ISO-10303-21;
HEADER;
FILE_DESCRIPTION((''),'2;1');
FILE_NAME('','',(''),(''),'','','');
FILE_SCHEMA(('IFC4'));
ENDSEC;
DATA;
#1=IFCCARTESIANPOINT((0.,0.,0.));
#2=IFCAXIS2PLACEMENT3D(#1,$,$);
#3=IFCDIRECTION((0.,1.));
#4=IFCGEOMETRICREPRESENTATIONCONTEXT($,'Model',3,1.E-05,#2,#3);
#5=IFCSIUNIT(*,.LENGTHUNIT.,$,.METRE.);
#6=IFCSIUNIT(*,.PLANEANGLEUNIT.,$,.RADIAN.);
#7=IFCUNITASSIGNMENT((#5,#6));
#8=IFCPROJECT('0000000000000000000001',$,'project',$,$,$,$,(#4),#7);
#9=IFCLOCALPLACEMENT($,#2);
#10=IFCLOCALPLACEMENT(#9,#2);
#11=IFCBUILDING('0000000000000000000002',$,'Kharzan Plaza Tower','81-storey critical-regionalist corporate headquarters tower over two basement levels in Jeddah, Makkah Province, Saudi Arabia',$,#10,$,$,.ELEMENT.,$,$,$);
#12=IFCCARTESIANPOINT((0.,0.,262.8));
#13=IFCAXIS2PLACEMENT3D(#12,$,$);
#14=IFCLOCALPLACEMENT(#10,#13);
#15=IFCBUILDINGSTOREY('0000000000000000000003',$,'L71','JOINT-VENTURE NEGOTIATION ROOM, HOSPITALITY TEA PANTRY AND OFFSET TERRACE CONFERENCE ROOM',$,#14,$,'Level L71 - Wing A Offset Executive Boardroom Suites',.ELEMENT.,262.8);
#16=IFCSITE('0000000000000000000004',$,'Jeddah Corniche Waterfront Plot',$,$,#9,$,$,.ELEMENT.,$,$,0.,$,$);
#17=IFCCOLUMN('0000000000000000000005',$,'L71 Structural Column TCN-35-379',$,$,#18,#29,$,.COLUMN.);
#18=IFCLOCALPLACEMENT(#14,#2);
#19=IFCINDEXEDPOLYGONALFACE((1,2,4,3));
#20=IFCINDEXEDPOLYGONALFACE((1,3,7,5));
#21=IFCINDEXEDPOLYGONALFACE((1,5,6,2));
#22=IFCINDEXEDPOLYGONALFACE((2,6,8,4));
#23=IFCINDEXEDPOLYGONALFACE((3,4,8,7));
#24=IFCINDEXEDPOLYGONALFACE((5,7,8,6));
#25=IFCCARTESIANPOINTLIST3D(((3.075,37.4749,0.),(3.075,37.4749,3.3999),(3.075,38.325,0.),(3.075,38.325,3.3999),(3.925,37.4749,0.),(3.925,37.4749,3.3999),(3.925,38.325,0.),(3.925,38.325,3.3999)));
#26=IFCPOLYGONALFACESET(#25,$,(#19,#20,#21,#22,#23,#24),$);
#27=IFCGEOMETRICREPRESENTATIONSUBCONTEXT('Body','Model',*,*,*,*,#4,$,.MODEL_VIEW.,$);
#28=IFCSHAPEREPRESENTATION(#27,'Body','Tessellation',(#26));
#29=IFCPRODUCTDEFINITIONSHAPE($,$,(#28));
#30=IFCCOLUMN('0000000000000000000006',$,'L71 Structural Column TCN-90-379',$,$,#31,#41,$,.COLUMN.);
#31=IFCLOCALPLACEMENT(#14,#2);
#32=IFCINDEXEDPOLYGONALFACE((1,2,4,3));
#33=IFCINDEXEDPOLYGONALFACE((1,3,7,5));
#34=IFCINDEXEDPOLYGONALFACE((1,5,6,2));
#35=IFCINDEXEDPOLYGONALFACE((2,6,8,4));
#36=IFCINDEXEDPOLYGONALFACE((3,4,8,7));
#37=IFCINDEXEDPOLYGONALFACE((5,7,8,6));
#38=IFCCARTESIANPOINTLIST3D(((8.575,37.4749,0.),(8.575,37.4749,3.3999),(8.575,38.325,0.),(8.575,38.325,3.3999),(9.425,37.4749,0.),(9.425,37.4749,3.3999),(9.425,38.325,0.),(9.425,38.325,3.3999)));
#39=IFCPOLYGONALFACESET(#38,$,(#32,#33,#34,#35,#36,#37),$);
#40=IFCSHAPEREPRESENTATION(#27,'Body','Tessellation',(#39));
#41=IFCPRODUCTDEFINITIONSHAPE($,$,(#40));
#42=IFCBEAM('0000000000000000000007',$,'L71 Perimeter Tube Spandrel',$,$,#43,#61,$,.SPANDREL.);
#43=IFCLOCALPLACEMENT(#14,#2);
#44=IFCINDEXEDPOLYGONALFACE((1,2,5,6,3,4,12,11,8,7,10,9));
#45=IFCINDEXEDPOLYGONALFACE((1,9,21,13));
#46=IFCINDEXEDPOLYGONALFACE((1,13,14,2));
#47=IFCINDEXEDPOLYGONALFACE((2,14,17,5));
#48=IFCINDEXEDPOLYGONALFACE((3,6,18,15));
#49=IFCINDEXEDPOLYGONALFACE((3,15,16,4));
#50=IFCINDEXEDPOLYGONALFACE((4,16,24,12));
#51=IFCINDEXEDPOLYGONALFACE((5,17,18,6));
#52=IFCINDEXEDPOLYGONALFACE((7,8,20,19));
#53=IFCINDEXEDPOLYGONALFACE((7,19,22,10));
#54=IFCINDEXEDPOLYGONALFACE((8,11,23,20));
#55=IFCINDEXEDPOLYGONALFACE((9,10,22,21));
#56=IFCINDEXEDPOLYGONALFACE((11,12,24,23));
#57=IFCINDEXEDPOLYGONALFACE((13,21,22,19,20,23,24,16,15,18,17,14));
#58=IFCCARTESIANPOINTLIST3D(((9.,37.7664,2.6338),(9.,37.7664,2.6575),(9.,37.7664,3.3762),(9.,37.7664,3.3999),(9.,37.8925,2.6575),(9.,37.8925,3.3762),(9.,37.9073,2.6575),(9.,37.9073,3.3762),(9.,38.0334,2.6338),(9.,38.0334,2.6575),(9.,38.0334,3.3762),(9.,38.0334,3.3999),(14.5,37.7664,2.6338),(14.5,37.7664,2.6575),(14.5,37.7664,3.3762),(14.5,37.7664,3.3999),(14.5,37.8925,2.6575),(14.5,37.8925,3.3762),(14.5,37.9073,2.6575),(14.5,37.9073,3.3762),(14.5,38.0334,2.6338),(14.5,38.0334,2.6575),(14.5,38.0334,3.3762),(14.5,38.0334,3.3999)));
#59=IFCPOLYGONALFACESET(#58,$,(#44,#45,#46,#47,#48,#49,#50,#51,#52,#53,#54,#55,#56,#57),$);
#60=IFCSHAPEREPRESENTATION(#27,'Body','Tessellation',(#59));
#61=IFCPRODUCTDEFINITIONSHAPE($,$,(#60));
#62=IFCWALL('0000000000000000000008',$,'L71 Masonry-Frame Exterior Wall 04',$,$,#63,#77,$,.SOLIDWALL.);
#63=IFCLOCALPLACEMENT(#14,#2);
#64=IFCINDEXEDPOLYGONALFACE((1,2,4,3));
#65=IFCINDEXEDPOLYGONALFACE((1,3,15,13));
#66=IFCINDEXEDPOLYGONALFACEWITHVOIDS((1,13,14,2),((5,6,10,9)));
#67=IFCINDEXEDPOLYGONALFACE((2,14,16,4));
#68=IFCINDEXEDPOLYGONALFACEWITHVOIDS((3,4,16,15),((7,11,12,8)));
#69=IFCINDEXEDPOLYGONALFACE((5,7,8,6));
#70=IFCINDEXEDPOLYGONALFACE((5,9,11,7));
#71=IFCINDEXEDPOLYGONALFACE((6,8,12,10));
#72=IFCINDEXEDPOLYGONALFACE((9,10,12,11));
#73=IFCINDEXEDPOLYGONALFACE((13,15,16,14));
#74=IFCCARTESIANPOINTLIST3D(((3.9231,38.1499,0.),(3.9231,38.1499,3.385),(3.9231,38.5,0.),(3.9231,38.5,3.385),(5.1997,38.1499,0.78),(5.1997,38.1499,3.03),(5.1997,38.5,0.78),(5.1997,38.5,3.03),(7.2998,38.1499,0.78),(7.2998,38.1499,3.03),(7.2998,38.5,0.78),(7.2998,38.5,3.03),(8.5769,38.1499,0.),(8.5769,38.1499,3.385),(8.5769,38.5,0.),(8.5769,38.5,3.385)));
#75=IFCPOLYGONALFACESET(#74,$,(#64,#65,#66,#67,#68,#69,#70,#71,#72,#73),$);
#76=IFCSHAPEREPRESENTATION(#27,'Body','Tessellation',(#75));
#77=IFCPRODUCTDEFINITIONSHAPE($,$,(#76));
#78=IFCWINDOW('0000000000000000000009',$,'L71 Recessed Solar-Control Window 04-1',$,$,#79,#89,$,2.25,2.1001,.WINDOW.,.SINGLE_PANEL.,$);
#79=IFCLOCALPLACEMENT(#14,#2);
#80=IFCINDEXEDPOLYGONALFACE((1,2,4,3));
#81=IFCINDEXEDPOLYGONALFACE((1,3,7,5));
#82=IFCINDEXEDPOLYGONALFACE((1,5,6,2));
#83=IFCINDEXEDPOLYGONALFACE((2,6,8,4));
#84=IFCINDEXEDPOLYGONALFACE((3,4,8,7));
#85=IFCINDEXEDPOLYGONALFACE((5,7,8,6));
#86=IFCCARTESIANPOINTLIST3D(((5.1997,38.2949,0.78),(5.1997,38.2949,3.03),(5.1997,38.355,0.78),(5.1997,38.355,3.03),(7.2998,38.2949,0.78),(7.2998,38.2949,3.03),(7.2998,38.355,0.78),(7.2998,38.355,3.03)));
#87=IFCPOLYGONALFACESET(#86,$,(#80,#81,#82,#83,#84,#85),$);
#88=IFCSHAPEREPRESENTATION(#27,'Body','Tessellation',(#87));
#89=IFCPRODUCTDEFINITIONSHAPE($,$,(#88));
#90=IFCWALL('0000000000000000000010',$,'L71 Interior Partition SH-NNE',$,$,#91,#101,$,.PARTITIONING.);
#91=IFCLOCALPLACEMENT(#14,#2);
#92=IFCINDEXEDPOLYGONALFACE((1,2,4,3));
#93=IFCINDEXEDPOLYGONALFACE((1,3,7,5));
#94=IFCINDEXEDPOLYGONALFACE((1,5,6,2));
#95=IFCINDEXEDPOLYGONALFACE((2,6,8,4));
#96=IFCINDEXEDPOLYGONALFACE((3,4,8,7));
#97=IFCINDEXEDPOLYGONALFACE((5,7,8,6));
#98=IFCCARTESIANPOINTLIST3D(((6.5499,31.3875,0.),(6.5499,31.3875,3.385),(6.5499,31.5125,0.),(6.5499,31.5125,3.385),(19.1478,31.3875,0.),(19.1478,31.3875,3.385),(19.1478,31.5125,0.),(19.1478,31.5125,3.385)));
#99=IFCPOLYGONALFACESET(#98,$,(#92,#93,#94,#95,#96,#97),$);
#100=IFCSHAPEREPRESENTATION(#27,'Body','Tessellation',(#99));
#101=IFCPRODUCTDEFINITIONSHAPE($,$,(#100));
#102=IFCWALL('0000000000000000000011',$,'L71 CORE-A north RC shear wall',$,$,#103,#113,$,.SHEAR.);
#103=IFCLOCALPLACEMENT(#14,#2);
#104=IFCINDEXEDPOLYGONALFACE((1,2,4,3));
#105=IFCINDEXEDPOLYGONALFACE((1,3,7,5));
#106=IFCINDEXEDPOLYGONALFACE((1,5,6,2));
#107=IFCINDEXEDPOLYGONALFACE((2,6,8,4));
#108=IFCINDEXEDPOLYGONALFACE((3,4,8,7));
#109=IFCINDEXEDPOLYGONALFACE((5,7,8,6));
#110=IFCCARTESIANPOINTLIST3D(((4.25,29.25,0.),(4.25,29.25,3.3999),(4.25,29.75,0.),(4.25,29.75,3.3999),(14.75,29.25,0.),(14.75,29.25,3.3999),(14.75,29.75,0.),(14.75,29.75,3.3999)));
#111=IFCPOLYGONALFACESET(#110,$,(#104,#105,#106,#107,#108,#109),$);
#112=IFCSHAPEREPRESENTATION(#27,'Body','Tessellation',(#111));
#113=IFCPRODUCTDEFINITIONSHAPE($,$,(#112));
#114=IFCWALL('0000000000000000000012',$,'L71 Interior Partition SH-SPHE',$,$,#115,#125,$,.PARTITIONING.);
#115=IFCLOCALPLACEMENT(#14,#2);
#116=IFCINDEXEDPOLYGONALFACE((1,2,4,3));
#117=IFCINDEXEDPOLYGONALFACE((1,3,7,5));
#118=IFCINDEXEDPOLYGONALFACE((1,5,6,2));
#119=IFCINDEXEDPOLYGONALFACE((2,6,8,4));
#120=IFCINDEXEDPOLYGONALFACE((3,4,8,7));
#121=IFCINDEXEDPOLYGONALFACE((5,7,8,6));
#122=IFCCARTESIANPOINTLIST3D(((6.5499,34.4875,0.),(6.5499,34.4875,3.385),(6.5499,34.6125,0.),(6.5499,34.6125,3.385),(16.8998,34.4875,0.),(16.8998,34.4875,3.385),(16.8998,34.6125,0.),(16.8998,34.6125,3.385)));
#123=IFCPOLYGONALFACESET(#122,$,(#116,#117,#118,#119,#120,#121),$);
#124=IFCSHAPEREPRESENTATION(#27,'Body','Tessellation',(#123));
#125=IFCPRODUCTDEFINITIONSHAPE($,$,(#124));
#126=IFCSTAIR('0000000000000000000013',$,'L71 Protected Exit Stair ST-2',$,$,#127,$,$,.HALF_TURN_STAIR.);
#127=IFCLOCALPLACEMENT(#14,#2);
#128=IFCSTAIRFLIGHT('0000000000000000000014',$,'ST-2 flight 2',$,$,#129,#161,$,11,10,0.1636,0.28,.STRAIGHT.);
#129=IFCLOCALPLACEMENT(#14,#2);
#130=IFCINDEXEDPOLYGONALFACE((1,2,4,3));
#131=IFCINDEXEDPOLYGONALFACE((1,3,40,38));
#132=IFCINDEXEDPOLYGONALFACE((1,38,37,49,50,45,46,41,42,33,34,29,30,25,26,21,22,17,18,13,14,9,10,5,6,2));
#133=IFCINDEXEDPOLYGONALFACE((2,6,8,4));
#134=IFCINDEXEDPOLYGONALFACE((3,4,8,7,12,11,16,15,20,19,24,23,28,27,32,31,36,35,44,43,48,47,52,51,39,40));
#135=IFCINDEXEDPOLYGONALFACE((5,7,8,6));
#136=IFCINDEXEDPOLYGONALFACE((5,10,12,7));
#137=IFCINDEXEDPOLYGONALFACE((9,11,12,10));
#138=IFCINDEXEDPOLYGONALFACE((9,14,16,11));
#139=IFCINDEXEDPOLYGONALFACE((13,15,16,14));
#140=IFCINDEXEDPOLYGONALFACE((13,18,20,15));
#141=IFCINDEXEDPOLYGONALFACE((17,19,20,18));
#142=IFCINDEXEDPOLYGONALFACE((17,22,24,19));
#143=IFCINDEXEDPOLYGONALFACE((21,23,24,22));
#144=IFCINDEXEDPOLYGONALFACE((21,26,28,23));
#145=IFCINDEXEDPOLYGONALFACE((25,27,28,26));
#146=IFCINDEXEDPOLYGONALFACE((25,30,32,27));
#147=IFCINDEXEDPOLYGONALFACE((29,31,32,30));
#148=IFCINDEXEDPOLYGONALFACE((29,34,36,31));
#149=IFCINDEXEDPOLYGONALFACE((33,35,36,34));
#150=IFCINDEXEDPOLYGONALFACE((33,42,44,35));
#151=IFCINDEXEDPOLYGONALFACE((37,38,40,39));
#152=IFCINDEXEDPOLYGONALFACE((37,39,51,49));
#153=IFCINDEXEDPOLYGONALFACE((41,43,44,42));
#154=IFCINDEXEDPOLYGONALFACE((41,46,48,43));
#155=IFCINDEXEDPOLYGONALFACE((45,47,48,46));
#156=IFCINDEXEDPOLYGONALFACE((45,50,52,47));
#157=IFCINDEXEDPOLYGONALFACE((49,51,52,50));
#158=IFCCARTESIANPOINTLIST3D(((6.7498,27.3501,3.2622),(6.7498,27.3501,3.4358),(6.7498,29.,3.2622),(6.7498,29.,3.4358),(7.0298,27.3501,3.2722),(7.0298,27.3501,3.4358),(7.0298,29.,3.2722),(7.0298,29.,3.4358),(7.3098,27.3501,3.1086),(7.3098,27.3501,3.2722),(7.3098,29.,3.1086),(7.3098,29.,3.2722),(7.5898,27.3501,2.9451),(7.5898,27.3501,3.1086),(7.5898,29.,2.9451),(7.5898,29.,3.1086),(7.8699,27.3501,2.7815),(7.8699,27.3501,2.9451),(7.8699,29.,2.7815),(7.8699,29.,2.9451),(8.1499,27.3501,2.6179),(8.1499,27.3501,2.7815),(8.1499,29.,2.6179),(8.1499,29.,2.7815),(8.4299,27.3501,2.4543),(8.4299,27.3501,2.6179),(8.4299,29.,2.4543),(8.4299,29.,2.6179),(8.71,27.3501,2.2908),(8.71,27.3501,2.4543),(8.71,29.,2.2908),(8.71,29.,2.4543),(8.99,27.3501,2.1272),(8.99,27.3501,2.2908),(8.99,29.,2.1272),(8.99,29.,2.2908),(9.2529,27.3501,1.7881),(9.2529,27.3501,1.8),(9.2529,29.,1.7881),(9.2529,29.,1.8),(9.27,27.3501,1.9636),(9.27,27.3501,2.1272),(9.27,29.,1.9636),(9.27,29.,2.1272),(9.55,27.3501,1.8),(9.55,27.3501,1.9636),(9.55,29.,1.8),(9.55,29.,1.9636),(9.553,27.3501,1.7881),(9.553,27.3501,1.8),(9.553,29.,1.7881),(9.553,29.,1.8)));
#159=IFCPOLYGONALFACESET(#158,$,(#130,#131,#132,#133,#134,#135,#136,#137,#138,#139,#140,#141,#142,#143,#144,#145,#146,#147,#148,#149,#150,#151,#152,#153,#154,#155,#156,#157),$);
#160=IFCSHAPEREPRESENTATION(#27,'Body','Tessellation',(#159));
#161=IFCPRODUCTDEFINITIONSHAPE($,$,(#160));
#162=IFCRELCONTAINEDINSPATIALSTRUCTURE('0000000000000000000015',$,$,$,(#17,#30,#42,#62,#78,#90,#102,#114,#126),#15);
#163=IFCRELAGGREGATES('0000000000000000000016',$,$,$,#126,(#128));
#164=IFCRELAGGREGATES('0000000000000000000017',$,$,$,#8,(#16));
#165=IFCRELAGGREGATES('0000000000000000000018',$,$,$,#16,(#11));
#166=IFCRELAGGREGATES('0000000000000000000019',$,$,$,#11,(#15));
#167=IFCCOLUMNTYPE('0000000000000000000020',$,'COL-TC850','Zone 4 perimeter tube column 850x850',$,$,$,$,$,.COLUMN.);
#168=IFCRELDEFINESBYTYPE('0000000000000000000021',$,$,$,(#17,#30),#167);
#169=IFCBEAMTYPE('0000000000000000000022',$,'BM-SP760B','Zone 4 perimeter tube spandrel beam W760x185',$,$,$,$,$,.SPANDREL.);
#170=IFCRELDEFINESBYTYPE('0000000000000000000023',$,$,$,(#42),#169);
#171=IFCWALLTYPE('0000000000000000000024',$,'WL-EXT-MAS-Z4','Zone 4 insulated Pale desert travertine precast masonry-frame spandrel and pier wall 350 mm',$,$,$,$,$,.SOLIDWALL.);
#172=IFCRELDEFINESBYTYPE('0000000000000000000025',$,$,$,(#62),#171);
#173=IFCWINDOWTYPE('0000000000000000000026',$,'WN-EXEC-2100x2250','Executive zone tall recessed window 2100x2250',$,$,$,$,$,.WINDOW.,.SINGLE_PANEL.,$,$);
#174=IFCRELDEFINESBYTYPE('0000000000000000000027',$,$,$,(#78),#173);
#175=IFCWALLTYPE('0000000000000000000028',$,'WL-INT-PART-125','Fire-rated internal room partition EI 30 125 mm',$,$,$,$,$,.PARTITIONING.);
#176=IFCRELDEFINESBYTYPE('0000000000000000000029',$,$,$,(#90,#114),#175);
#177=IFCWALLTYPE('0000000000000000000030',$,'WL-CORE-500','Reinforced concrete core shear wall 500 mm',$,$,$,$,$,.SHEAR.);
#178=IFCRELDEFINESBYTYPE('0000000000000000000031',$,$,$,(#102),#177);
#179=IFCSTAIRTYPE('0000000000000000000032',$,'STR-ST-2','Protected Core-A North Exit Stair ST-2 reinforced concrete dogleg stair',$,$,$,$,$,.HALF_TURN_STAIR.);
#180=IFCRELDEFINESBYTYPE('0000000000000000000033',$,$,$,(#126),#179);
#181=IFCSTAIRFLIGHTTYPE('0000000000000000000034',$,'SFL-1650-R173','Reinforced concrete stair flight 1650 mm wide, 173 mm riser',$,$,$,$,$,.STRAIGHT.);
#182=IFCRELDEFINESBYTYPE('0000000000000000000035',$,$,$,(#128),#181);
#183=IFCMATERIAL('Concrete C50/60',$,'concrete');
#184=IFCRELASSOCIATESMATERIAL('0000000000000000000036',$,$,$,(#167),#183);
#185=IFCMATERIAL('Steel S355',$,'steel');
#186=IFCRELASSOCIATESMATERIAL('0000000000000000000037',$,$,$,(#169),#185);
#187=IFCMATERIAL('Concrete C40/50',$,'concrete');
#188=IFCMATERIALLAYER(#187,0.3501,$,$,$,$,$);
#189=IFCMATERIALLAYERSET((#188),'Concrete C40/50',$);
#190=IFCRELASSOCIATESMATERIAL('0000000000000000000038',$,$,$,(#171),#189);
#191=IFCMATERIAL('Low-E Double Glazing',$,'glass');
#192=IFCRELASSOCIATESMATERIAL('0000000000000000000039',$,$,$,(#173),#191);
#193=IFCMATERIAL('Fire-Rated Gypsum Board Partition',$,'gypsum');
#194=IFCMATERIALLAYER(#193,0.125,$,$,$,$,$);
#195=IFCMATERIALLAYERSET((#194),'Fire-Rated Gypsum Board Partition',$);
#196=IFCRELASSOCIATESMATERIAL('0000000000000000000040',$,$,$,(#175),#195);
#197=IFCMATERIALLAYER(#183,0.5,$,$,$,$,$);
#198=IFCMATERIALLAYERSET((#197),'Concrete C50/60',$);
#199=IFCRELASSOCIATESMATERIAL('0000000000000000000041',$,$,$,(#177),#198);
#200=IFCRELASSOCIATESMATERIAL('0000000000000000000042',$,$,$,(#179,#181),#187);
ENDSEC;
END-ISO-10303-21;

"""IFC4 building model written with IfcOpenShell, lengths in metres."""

from ifc_helpers import new_model, si_unit, direction, frame, frame_2d, origin, origin_2d, place, context, subcontext, project, spatial, polyline, rectangle, i_section, outline, extrude, source, transform, mapped, material, layer, layer_set, material_profile, profile_set, type_object, element, fill, aggregate, save


model = new_model("IFC4")

# Units and contexts
model_context = context("Model", 3, precision=1e-05, world=origin(), true_north=direction((0.0, 1.0)))
body_context = subcontext(model_context, "Body", "Model", "MODEL_VIEW")
ifc_project = project(units=[si_unit("LENGTHUNIT", "METRE"), si_unit("PLANEANGLEUNIT", "RADIAN")], contexts=[model_context])

# Site, building, storey
site_placement = place(None, origin())
site = spatial("IfcSite", under=ifc_project, at=site_placement, Name="Jeddah Corniche Waterfront Plot", CompositionType="ELEMENT", RefElevation=0.0)
building_placement = place(site_placement, origin())
building = spatial("IfcBuilding", under=site, at=building_placement, Name="Kharzan Plaza Tower", Description="81-storey critical-regionalist corporate headquarters tower over two basement levels in Jeddah, Makkah Province, Saudi Arabia", CompositionType="ELEMENT")
storey_placement = place(building_placement, frame((0.0, 0.0, 262.8)))
storey = spatial("IfcBuildingStorey", under=building, at=storey_placement, Name="L71", Description="JOINT-VENTURE NEGOTIATION ROOM, HOSPITALITY TEA PANTRY AND OFFSET TERRACE CONFERENCE ROOM", LongName="Level L71 - Wing A Offset Executive Boardroom Suites", CompositionType="ELEMENT", Elevation=262.8)

# Columns
ifc_material_1 = material(Name="Concrete C50/60", Category="concrete")
ifc_material_profile_1 = material_profile(ifc_material_1, rectangle(XDim=0.8501, YDim=0.8501, at=origin_2d()), Name="RC-TC850x850")
ifc_profile_set_1 = profile_set([ifc_material_profile_1], Name="Concrete C50/60")
column_type = type_object("IfcColumnType", Name="COL-TC850", Description="Zone 4 perimeter tube column 850x850", PredefinedType="COLUMN", material=ifc_profile_set_1)
shared_shape_1 = source(origin(), body_context, "Body", "SweptSolid", [
    extrude(rectangle(XDim=0.8501, YDim=0.8501, at=origin_2d()), origin(), (0.0, 0.0, 1.0), 3.3999),
])
for number, where, z_axis, x_axis, name in (
    (1, (3.5, 37.8999, 0.0), (0.0, 0.0, 1.0), (1.0, 0.0, 0.0), "L71 Structural Column TCN-35-379"),
    (2, (9.0, 37.8999, 0.0), (0.0, 0.0, 1.0), (1.0, 0.0, 0.0), "L71 Structural Column TCN-90-379"),
):
    element("IfcColumn", number, at=place(storey_placement, frame(where, z_axis=z_axis, x_axis=x_axis)), inside=storey, type_object=column_type, Name=name, PredefinedType="COLUMN", context=body_context, shape_type="MappedRepresentation", body=[
        mapped(shared_shape_1, transform((0.0, 0.0, 0.0), x_axis=(1.0, 0.0, 0.0), y_axis=(0.0, 1.0, 0.0), z_axis=(0.0, 0.0, 1.0))),
    ])

# Beam
ifc_material_2 = material(Name="Steel S355", Category="steel")
ifc_material_profile_2 = material_profile(ifc_material_2, i_section(OverallWidth=0.2671, OverallDepth=0.7661, WebThickness=0.0149, FlangeThickness=0.0237, at=origin_2d()), Name="W760x185")
ifc_profile_set_2 = profile_set([ifc_material_profile_2], Name="Steel S355")
beam_type = type_object("IfcBeamType", Name="BM-SP760B", Description="Zone 4 perimeter tube spandrel beam W760x185", PredefinedType="SPANDREL", material=ifc_profile_set_2)
shared_shape_2 = source(origin(), body_context, "Body", "SweptSolid", [
    extrude(i_section(OverallWidth=0.2671, OverallDepth=0.7661, WebThickness=0.0149, FlangeThickness=0.0237, at=origin_2d()), origin(), (0.0, 0.0, 1.0), 5.5),
])
beam_placement = place(storey_placement, frame((9.0, 37.8999, 3.0168), z_axis=(1.0, 0.0, 0.0), x_axis=(0.0, 1.0, 0.0)))
element("IfcBeam", 3, at=beam_placement, inside=storey, type_object=beam_type, Name="L71 Perimeter Tube Spandrel", PredefinedType="SPANDREL", context=body_context, shape_type="MappedRepresentation", body=[
    mapped(shared_shape_2, transform((0.0, 0.0, 0.0), x_axis=(1.0, 0.0, 0.0), y_axis=(0.0, 1.0, 0.0), z_axis=(0.0, 0.0, 1.0))),
])

# Wall, opening, window
ifc_material_3 = material(Name="Concrete C40/50", Category="concrete")
ifc_layer_1 = layer(ifc_material_3, 0.3501)
ifc_layer_set_1 = layer_set([ifc_layer_1], Name="Concrete C40/50")
wall_type_1 = type_object("IfcWallType", Name="WL-EXT-MAS-Z4", Description="Zone 4 insulated Pale desert travertine precast masonry-frame spandrel and pier wall 350 mm", PredefinedType="SOLIDWALL", material=ifc_layer_set_1)
wall_1_placement = place(storey_placement, frame((8.5769, 38.325, 0.0), z_axis=(0.0, 0.0, 1.0), x_axis=(-1.0, 0.0, 0.0)))
wall_1 = element("IfcWall", 4, at=wall_1_placement, inside=storey, type_object=wall_type_1, Name="L71 Masonry-Frame Exterior Wall 04", PredefinedType="SOLIDWALL", context=body_context, shape_type="SweptSolid", body=[
    extrude(rectangle(XDim=4.6538, YDim=0.3501, at=frame_2d((2.3269, 0.0))), origin(), (0.0, 0.0, 1.0), 3.385),
])
opening_1_placement = place(wall_1_placement, frame((1.2771, 0.0, 0.78)))
opening_1 = element("IfcOpeningElement", 5, at=opening_1_placement, cuts=wall_1, PredefinedType="OPENING", context=body_context, shape_type="SweptSolid", body=[
    extrude(rectangle(XDim=2.1001, YDim=2.25, at=frame_2d((1.05, 1.125))), frame((0.0, 0.1851, 0.0), z_axis=(0.0, -1.0, 0.0), x_axis=(1.0, 0.0, 0.0)), (0.0, 0.0, 1.0), 0.3701),
])
ifc_material_4 = material(Name="Low-E Double Glazing", Category="glass")
window_type = type_object("IfcWindowType", Name="WN-EXEC-2100x2250", Description="Executive zone tall recessed window 2100x2250", PartitioningType="SINGLE_PANEL", PredefinedType="WINDOW", material=ifc_material_4)
shared_shape_3 = source(origin(), body_context, "Body", "SweptSolid", [
    extrude(rectangle(XDim=2.1001, YDim=2.25, at=frame_2d((1.05, 1.125))), frame((0.0, 0.03, 0.0), z_axis=(0.0, -1.0, 0.0), x_axis=(1.0, 0.0, 0.0)), (0.0, 0.0, 1.0), 0.0601),
])
window_placement = place(opening_1_placement, origin())
window = element("IfcWindow", 6, at=window_placement, inside=storey, type_object=window_type, Name="L71 Recessed Solar-Control Window 04-1", OverallHeight=2.25, OverallWidth=2.1001, PartitioningType="SINGLE_PANEL", PredefinedType="WINDOW", context=body_context, shape_type="MappedRepresentation", body=[
    mapped(shared_shape_3, transform((0.0, 0.0, 0.0), x_axis=(1.0, 0.0, 0.0), y_axis=(0.0, 1.0, 0.0), z_axis=(0.0, 0.0, 1.0))),
])
fill(opening_1, window)

# Shared definitions
ifc_material_5 = material(Name="Fire-Rated Gypsum Board Partition", Category="gypsum")
ifc_layer_2 = layer(ifc_material_5, 0.125)
ifc_layer_set_2 = layer_set([ifc_layer_2], Name="Fire-Rated Gypsum Board Partition")
wall_type_2 = type_object("IfcWallType", Name="WL-INT-PART-125", Description="Fire-rated internal room partition EI 30 125 mm", PredefinedType="PARTITIONING", material=ifc_layer_set_2)

# Walls
shared_shape_4 = source(origin(), body_context, "Body", "SweptSolid", [
    extrude(rectangle(XDim=12.5979, YDim=0.125, at=frame_2d((6.2988, 0.0))), origin(), (0.0, 0.0, 1.0), 3.385),
])
wall_2_placement = place(storey_placement, frame((6.55, 31.45, 0.0), z_axis=(0.0, 0.0, 1.0), x_axis=(1.0, 0.0, 0.0)))
element("IfcWall", 7, at=wall_2_placement, inside=storey, type_object=wall_type_2, Name="L71 Interior Partition SH-NNE", PredefinedType="PARTITIONING", context=body_context, shape_type="MappedRepresentation", body=[
    mapped(shared_shape_4, transform((0.0, 0.0, 0.0), x_axis=(1.0, 0.0, 0.0), y_axis=(0.0, 1.0, 0.0), z_axis=(0.0, 0.0, 1.0))),
])
ifc_layer_3 = layer(ifc_material_1, 0.5)
ifc_layer_set_3 = layer_set([ifc_layer_3], Name="Concrete C50/60")
wall_type_3 = type_object("IfcWallType", Name="WL-CORE-500", Description="Reinforced concrete core shear wall 500 mm", PredefinedType="SHEAR", material=ifc_layer_set_3)
shared_shape_5 = source(origin(), body_context, "Body", "SweptSolid", [
    extrude(rectangle(XDim=10.5, YDim=0.5, at=frame_2d((5.25, 0.0))), origin(), (0.0, 0.0, 1.0), 3.3999),
])
wall_3_placement = place(storey_placement, frame((4.25, 29.5, 0.0), z_axis=(0.0, 0.0, 1.0), x_axis=(1.0, 0.0, 0.0)))
element("IfcWall", 8, at=wall_3_placement, inside=storey, type_object=wall_type_3, Name="L71 CORE-A north RC shear wall", PredefinedType="SHEAR", context=body_context, shape_type="MappedRepresentation", body=[
    mapped(shared_shape_5, transform((0.0, 0.0, 0.0), x_axis=(1.0, 0.0, 0.0), y_axis=(0.0, 1.0, 0.0), z_axis=(0.0, 0.0, 1.0))),
])
shared_shape_6 = source(origin(), body_context, "Body", "SweptSolid", [
    extrude(rectangle(XDim=10.3499, YDim=0.125, at=frame_2d((5.1748, 0.0))), origin(), (0.0, 0.0, 1.0), 3.385),
])
wall_4_placement = place(storey_placement, frame((6.55, 34.55, 0.0), z_axis=(0.0, 0.0, 1.0), x_axis=(1.0, 0.0, 0.0)))
element("IfcWall", 9, at=wall_4_placement, inside=storey, type_object=wall_type_2, Name="L71 Interior Partition SH-SPHE", PredefinedType="PARTITIONING", context=body_context, shape_type="MappedRepresentation", body=[
    mapped(shared_shape_6, transform((0.0, 0.0, 0.0), x_axis=(1.0, 0.0, 0.0), y_axis=(0.0, 1.0, 0.0), z_axis=(0.0, 0.0, 1.0))),
])

# Stair, stair flight
stair_type = type_object("IfcStairType", Name="STR-ST-2", Description="Protected Core-A North Exit Stair ST-2 reinforced concrete dogleg stair", PredefinedType="HALF_TURN_STAIR", material=ifc_material_3)
stair_placement = place(storey_placement, origin())
stair = element("IfcStair", 10, at=stair_placement, inside=storey, type_object=stair_type, Name="L71 Protected Exit Stair ST-2", PredefinedType="HALF_TURN_STAIR")
stair_flight_type = type_object("IfcStairFlightType", Name="SFL-1650-R173", Description="Reinforced concrete stair flight 1650 mm wide, 173 mm riser", PredefinedType="STRAIGHT", material=ifc_material_3)
shared_shape_7 = source(origin(), body_context, "Body", "SweptSolid", [
    extrude(outline(polyline([(-0.0029, -0.012), (-0.0029, 0.0), (0.0, 0.0), (0.0, 0.1636), (0.28, 0.1636), (0.28, 0.3271), (0.5601, 0.3271), (0.5601, 0.4907), (0.8401, 0.4907), (0.8401, 0.6543), (1.1201, 0.6543), (1.1201, 0.8179), (1.4001, 0.8179), (1.4001, 0.9814), (1.6802, 0.9814), (1.6802, 1.145), (1.9602, 1.145), (1.9602, 1.3086), (2.2402, 1.3086), (2.2402, 1.4722), (2.5203, 1.4722), (2.5203, 1.6357), (2.8003, 1.6357), (2.8003, 1.7993), (2.8003, 1.4622), (0.2971, 0.0), (0.2971, -0.012), (-0.0029, -0.012)])), frame((0.0, 0.825, 0.0), z_axis=(0.0, -1.0, 0.0), x_axis=(1.0, 0.0, 0.0)), (0.0, 0.0, 1.0), 1.6499),
])
stair_flight_placement = place(storey_placement, frame((9.55, 28.175, 1.8), z_axis=(0.0, 0.0, 1.0), x_axis=(-1.0, 0.0, 0.0)))
stair_flight = element("IfcStairFlight", 11, at=stair_flight_placement, type_object=stair_flight_type, Name="ST-2 flight 2", NumberOfRisers=11, NumberOfTreads=10, PredefinedType="STRAIGHT", RiserHeight=0.1636, TreadLength=0.28, context=body_context, shape_type="MappedRepresentation", body=[
    mapped(shared_shape_7, transform((0.0, 0.0, 0.0), x_axis=(1.0, 0.0, 0.0), y_axis=(0.0, 1.0, 0.0), z_axis=(0.0, 0.0, 1.0))),
])
aggregate(stair, [stair_flight])

save(model, "model.ifc")
